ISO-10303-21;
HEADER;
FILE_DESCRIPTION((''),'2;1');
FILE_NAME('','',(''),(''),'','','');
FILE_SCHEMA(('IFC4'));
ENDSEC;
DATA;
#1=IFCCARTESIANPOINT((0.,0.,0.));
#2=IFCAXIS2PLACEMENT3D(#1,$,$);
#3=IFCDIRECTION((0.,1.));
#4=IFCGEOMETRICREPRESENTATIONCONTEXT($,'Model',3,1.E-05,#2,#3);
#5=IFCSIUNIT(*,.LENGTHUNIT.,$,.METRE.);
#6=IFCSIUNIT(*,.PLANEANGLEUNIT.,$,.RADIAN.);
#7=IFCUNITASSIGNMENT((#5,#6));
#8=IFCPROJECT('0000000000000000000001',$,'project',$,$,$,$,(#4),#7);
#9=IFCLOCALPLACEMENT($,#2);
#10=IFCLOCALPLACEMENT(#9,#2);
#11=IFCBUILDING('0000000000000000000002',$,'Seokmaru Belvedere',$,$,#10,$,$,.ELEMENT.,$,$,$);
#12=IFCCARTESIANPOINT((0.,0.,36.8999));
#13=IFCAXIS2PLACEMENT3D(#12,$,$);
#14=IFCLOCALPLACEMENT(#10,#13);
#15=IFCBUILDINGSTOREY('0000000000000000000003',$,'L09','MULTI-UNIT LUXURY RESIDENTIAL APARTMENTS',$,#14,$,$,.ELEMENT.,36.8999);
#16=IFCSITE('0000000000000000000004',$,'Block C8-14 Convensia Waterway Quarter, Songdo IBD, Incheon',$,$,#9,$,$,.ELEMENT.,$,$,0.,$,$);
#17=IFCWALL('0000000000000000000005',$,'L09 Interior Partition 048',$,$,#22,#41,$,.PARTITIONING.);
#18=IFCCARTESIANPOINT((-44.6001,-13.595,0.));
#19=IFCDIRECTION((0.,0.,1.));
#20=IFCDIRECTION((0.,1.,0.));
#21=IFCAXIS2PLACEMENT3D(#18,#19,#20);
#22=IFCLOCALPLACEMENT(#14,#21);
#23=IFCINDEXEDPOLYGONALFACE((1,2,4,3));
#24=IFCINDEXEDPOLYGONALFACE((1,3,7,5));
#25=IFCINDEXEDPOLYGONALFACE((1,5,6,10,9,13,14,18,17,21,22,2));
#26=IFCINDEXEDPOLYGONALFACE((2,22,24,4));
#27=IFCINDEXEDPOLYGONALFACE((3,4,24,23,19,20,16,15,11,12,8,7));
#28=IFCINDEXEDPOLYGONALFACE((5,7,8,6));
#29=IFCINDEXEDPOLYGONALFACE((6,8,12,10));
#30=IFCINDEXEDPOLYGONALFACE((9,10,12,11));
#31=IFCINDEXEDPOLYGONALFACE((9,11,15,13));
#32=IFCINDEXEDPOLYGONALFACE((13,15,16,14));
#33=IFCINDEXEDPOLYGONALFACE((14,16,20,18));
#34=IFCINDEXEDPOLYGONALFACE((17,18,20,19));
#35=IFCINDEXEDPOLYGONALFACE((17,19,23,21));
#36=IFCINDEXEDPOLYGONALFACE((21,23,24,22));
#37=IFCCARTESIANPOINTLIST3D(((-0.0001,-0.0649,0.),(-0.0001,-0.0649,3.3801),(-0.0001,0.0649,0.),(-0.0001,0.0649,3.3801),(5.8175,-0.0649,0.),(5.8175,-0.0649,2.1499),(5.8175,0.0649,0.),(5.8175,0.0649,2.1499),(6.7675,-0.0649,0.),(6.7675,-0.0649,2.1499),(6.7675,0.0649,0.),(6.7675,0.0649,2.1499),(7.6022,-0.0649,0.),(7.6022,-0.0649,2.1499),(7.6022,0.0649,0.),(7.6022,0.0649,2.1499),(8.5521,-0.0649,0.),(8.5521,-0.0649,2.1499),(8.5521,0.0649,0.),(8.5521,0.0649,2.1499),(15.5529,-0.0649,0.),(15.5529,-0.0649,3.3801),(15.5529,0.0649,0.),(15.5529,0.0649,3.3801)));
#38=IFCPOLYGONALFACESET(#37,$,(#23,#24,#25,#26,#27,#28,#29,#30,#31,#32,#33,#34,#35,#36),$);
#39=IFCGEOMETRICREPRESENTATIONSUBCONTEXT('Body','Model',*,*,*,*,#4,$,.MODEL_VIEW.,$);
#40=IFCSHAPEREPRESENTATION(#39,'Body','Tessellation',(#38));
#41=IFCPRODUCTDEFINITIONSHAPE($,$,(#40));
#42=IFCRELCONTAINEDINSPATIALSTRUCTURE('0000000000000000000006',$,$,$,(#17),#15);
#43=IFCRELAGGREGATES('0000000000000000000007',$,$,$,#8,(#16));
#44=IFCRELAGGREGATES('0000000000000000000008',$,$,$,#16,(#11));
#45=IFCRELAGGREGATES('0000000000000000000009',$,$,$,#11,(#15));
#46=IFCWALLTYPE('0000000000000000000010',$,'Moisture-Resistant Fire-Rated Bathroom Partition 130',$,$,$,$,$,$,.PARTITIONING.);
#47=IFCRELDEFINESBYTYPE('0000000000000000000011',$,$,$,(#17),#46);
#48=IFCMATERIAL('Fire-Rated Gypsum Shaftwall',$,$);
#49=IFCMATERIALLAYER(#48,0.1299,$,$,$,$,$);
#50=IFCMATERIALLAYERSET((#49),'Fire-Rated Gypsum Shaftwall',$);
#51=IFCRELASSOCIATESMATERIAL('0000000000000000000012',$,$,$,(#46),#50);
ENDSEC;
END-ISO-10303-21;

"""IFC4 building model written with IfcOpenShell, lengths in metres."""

from ifc_helpers import new_model, si_unit, direction, frame, frame_2d, origin, place, context, subcontext, project, spatial, rectangle, extrude, material, layer, layer_set, type_object, element, save


model = new_model("IFC4")

# Units and contexts
model_context = context("Model", 3, precision=1e-05, world=origin(), true_north=direction((0.0, 1.0)))
body_context = subcontext(model_context, "Body", "Model", "MODEL_VIEW")
ifc_project = project(units=[si_unit("LENGTHUNIT", "METRE"), si_unit("PLANEANGLEUNIT", "RADIAN")], contexts=[model_context])

# Site, building, storey
site_placement = place(None, origin())
site = spatial("IfcSite", under=ifc_project, at=site_placement, Name="Block C8-14 Convensia Waterway Quarter, Songdo IBD, Incheon", CompositionType="ELEMENT", RefElevation=0.0)
building_placement = place(site_placement, origin())
building = spatial("IfcBuilding", under=site, at=building_placement, Name="Seokmaru Belvedere", CompositionType="ELEMENT")
storey_placement = place(building_placement, frame((0.0, 0.0, 36.8999)))
storey = spatial("IfcBuildingStorey", under=building, at=storey_placement, Name="L09", Description="MULTI-UNIT LUXURY RESIDENTIAL APARTMENTS", CompositionType="ELEMENT", Elevation=36.8999)

# Shared definitions
ifc_material_1 = material(Name="Fire-Rated Gypsum Shaftwall")

# Shared definitions
ifc_layer_1 = layer(ifc_material_1, 0.1299)
ifc_layer_set_1 = layer_set([ifc_layer_1], Name="Fire-Rated Gypsum Shaftwall")
wall_type_1 = type_object("IfcWallType", Name="Moisture-Resistant Fire-Rated Bathroom Partition 130", PredefinedType="PARTITIONING", material=ifc_layer_set_1)

# Wall, openings
wall_1_placement = place(storey_placement, frame((-44.6001, -13.595, 0.0), z_axis=(0.0, 0.0, 1.0), x_axis=(0.0, 1.0, 0.0)))
wall_1 = element("IfcWall", 1, at=wall_1_placement, inside=storey, type_object=wall_type_1, Name="L09 Interior Partition 048", PredefinedType="PARTITIONING", context=body_context, shape_type="SweptSolid", body=[
    extrude(rectangle(XDim=15.553, YDim=0.1299, at=frame_2d((7.7764, 0.0))), origin(), (0.0, 0.0, 1.0), 3.3801),
])
opening_1_placement = place(wall_1_placement, frame((5.8174, 0.0, 0.0)))
element("IfcOpeningElement", 2, at=opening_1_placement, cuts=wall_1, PredefinedType="OPENING", context=body_context, shape_type="SweptSolid", body=[
    extrude(rectangle(XDim=0.95, YDim=2.1499, at=frame_2d((0.4751, 1.075))), frame((0.0, 0.075, 0.0), z_axis=(0.0, -1.0, 0.0), x_axis=(1.0, 0.0, 0.0)), (0.0, 0.0, 1.0), 0.1499),
])
opening_2_placement = place(wall_1_placement, frame((7.6021, 0.0, 0.0)))
element("IfcOpeningElement", 3, at=opening_2_placement, cuts=wall_1, PredefinedType="OPENING", context=body_context, shape_type="SweptSolid", body=[
    extrude(rectangle(XDim=0.95, YDim=2.1499, at=frame_2d((0.4751, 1.075))), frame((0.0, 0.075, 0.0), z_axis=(0.0, -1.0, 0.0), x_axis=(1.0, 0.0, 0.0)), (0.0, 0.0, 1.0), 0.1499),
])

save(model, "model.ifc")
